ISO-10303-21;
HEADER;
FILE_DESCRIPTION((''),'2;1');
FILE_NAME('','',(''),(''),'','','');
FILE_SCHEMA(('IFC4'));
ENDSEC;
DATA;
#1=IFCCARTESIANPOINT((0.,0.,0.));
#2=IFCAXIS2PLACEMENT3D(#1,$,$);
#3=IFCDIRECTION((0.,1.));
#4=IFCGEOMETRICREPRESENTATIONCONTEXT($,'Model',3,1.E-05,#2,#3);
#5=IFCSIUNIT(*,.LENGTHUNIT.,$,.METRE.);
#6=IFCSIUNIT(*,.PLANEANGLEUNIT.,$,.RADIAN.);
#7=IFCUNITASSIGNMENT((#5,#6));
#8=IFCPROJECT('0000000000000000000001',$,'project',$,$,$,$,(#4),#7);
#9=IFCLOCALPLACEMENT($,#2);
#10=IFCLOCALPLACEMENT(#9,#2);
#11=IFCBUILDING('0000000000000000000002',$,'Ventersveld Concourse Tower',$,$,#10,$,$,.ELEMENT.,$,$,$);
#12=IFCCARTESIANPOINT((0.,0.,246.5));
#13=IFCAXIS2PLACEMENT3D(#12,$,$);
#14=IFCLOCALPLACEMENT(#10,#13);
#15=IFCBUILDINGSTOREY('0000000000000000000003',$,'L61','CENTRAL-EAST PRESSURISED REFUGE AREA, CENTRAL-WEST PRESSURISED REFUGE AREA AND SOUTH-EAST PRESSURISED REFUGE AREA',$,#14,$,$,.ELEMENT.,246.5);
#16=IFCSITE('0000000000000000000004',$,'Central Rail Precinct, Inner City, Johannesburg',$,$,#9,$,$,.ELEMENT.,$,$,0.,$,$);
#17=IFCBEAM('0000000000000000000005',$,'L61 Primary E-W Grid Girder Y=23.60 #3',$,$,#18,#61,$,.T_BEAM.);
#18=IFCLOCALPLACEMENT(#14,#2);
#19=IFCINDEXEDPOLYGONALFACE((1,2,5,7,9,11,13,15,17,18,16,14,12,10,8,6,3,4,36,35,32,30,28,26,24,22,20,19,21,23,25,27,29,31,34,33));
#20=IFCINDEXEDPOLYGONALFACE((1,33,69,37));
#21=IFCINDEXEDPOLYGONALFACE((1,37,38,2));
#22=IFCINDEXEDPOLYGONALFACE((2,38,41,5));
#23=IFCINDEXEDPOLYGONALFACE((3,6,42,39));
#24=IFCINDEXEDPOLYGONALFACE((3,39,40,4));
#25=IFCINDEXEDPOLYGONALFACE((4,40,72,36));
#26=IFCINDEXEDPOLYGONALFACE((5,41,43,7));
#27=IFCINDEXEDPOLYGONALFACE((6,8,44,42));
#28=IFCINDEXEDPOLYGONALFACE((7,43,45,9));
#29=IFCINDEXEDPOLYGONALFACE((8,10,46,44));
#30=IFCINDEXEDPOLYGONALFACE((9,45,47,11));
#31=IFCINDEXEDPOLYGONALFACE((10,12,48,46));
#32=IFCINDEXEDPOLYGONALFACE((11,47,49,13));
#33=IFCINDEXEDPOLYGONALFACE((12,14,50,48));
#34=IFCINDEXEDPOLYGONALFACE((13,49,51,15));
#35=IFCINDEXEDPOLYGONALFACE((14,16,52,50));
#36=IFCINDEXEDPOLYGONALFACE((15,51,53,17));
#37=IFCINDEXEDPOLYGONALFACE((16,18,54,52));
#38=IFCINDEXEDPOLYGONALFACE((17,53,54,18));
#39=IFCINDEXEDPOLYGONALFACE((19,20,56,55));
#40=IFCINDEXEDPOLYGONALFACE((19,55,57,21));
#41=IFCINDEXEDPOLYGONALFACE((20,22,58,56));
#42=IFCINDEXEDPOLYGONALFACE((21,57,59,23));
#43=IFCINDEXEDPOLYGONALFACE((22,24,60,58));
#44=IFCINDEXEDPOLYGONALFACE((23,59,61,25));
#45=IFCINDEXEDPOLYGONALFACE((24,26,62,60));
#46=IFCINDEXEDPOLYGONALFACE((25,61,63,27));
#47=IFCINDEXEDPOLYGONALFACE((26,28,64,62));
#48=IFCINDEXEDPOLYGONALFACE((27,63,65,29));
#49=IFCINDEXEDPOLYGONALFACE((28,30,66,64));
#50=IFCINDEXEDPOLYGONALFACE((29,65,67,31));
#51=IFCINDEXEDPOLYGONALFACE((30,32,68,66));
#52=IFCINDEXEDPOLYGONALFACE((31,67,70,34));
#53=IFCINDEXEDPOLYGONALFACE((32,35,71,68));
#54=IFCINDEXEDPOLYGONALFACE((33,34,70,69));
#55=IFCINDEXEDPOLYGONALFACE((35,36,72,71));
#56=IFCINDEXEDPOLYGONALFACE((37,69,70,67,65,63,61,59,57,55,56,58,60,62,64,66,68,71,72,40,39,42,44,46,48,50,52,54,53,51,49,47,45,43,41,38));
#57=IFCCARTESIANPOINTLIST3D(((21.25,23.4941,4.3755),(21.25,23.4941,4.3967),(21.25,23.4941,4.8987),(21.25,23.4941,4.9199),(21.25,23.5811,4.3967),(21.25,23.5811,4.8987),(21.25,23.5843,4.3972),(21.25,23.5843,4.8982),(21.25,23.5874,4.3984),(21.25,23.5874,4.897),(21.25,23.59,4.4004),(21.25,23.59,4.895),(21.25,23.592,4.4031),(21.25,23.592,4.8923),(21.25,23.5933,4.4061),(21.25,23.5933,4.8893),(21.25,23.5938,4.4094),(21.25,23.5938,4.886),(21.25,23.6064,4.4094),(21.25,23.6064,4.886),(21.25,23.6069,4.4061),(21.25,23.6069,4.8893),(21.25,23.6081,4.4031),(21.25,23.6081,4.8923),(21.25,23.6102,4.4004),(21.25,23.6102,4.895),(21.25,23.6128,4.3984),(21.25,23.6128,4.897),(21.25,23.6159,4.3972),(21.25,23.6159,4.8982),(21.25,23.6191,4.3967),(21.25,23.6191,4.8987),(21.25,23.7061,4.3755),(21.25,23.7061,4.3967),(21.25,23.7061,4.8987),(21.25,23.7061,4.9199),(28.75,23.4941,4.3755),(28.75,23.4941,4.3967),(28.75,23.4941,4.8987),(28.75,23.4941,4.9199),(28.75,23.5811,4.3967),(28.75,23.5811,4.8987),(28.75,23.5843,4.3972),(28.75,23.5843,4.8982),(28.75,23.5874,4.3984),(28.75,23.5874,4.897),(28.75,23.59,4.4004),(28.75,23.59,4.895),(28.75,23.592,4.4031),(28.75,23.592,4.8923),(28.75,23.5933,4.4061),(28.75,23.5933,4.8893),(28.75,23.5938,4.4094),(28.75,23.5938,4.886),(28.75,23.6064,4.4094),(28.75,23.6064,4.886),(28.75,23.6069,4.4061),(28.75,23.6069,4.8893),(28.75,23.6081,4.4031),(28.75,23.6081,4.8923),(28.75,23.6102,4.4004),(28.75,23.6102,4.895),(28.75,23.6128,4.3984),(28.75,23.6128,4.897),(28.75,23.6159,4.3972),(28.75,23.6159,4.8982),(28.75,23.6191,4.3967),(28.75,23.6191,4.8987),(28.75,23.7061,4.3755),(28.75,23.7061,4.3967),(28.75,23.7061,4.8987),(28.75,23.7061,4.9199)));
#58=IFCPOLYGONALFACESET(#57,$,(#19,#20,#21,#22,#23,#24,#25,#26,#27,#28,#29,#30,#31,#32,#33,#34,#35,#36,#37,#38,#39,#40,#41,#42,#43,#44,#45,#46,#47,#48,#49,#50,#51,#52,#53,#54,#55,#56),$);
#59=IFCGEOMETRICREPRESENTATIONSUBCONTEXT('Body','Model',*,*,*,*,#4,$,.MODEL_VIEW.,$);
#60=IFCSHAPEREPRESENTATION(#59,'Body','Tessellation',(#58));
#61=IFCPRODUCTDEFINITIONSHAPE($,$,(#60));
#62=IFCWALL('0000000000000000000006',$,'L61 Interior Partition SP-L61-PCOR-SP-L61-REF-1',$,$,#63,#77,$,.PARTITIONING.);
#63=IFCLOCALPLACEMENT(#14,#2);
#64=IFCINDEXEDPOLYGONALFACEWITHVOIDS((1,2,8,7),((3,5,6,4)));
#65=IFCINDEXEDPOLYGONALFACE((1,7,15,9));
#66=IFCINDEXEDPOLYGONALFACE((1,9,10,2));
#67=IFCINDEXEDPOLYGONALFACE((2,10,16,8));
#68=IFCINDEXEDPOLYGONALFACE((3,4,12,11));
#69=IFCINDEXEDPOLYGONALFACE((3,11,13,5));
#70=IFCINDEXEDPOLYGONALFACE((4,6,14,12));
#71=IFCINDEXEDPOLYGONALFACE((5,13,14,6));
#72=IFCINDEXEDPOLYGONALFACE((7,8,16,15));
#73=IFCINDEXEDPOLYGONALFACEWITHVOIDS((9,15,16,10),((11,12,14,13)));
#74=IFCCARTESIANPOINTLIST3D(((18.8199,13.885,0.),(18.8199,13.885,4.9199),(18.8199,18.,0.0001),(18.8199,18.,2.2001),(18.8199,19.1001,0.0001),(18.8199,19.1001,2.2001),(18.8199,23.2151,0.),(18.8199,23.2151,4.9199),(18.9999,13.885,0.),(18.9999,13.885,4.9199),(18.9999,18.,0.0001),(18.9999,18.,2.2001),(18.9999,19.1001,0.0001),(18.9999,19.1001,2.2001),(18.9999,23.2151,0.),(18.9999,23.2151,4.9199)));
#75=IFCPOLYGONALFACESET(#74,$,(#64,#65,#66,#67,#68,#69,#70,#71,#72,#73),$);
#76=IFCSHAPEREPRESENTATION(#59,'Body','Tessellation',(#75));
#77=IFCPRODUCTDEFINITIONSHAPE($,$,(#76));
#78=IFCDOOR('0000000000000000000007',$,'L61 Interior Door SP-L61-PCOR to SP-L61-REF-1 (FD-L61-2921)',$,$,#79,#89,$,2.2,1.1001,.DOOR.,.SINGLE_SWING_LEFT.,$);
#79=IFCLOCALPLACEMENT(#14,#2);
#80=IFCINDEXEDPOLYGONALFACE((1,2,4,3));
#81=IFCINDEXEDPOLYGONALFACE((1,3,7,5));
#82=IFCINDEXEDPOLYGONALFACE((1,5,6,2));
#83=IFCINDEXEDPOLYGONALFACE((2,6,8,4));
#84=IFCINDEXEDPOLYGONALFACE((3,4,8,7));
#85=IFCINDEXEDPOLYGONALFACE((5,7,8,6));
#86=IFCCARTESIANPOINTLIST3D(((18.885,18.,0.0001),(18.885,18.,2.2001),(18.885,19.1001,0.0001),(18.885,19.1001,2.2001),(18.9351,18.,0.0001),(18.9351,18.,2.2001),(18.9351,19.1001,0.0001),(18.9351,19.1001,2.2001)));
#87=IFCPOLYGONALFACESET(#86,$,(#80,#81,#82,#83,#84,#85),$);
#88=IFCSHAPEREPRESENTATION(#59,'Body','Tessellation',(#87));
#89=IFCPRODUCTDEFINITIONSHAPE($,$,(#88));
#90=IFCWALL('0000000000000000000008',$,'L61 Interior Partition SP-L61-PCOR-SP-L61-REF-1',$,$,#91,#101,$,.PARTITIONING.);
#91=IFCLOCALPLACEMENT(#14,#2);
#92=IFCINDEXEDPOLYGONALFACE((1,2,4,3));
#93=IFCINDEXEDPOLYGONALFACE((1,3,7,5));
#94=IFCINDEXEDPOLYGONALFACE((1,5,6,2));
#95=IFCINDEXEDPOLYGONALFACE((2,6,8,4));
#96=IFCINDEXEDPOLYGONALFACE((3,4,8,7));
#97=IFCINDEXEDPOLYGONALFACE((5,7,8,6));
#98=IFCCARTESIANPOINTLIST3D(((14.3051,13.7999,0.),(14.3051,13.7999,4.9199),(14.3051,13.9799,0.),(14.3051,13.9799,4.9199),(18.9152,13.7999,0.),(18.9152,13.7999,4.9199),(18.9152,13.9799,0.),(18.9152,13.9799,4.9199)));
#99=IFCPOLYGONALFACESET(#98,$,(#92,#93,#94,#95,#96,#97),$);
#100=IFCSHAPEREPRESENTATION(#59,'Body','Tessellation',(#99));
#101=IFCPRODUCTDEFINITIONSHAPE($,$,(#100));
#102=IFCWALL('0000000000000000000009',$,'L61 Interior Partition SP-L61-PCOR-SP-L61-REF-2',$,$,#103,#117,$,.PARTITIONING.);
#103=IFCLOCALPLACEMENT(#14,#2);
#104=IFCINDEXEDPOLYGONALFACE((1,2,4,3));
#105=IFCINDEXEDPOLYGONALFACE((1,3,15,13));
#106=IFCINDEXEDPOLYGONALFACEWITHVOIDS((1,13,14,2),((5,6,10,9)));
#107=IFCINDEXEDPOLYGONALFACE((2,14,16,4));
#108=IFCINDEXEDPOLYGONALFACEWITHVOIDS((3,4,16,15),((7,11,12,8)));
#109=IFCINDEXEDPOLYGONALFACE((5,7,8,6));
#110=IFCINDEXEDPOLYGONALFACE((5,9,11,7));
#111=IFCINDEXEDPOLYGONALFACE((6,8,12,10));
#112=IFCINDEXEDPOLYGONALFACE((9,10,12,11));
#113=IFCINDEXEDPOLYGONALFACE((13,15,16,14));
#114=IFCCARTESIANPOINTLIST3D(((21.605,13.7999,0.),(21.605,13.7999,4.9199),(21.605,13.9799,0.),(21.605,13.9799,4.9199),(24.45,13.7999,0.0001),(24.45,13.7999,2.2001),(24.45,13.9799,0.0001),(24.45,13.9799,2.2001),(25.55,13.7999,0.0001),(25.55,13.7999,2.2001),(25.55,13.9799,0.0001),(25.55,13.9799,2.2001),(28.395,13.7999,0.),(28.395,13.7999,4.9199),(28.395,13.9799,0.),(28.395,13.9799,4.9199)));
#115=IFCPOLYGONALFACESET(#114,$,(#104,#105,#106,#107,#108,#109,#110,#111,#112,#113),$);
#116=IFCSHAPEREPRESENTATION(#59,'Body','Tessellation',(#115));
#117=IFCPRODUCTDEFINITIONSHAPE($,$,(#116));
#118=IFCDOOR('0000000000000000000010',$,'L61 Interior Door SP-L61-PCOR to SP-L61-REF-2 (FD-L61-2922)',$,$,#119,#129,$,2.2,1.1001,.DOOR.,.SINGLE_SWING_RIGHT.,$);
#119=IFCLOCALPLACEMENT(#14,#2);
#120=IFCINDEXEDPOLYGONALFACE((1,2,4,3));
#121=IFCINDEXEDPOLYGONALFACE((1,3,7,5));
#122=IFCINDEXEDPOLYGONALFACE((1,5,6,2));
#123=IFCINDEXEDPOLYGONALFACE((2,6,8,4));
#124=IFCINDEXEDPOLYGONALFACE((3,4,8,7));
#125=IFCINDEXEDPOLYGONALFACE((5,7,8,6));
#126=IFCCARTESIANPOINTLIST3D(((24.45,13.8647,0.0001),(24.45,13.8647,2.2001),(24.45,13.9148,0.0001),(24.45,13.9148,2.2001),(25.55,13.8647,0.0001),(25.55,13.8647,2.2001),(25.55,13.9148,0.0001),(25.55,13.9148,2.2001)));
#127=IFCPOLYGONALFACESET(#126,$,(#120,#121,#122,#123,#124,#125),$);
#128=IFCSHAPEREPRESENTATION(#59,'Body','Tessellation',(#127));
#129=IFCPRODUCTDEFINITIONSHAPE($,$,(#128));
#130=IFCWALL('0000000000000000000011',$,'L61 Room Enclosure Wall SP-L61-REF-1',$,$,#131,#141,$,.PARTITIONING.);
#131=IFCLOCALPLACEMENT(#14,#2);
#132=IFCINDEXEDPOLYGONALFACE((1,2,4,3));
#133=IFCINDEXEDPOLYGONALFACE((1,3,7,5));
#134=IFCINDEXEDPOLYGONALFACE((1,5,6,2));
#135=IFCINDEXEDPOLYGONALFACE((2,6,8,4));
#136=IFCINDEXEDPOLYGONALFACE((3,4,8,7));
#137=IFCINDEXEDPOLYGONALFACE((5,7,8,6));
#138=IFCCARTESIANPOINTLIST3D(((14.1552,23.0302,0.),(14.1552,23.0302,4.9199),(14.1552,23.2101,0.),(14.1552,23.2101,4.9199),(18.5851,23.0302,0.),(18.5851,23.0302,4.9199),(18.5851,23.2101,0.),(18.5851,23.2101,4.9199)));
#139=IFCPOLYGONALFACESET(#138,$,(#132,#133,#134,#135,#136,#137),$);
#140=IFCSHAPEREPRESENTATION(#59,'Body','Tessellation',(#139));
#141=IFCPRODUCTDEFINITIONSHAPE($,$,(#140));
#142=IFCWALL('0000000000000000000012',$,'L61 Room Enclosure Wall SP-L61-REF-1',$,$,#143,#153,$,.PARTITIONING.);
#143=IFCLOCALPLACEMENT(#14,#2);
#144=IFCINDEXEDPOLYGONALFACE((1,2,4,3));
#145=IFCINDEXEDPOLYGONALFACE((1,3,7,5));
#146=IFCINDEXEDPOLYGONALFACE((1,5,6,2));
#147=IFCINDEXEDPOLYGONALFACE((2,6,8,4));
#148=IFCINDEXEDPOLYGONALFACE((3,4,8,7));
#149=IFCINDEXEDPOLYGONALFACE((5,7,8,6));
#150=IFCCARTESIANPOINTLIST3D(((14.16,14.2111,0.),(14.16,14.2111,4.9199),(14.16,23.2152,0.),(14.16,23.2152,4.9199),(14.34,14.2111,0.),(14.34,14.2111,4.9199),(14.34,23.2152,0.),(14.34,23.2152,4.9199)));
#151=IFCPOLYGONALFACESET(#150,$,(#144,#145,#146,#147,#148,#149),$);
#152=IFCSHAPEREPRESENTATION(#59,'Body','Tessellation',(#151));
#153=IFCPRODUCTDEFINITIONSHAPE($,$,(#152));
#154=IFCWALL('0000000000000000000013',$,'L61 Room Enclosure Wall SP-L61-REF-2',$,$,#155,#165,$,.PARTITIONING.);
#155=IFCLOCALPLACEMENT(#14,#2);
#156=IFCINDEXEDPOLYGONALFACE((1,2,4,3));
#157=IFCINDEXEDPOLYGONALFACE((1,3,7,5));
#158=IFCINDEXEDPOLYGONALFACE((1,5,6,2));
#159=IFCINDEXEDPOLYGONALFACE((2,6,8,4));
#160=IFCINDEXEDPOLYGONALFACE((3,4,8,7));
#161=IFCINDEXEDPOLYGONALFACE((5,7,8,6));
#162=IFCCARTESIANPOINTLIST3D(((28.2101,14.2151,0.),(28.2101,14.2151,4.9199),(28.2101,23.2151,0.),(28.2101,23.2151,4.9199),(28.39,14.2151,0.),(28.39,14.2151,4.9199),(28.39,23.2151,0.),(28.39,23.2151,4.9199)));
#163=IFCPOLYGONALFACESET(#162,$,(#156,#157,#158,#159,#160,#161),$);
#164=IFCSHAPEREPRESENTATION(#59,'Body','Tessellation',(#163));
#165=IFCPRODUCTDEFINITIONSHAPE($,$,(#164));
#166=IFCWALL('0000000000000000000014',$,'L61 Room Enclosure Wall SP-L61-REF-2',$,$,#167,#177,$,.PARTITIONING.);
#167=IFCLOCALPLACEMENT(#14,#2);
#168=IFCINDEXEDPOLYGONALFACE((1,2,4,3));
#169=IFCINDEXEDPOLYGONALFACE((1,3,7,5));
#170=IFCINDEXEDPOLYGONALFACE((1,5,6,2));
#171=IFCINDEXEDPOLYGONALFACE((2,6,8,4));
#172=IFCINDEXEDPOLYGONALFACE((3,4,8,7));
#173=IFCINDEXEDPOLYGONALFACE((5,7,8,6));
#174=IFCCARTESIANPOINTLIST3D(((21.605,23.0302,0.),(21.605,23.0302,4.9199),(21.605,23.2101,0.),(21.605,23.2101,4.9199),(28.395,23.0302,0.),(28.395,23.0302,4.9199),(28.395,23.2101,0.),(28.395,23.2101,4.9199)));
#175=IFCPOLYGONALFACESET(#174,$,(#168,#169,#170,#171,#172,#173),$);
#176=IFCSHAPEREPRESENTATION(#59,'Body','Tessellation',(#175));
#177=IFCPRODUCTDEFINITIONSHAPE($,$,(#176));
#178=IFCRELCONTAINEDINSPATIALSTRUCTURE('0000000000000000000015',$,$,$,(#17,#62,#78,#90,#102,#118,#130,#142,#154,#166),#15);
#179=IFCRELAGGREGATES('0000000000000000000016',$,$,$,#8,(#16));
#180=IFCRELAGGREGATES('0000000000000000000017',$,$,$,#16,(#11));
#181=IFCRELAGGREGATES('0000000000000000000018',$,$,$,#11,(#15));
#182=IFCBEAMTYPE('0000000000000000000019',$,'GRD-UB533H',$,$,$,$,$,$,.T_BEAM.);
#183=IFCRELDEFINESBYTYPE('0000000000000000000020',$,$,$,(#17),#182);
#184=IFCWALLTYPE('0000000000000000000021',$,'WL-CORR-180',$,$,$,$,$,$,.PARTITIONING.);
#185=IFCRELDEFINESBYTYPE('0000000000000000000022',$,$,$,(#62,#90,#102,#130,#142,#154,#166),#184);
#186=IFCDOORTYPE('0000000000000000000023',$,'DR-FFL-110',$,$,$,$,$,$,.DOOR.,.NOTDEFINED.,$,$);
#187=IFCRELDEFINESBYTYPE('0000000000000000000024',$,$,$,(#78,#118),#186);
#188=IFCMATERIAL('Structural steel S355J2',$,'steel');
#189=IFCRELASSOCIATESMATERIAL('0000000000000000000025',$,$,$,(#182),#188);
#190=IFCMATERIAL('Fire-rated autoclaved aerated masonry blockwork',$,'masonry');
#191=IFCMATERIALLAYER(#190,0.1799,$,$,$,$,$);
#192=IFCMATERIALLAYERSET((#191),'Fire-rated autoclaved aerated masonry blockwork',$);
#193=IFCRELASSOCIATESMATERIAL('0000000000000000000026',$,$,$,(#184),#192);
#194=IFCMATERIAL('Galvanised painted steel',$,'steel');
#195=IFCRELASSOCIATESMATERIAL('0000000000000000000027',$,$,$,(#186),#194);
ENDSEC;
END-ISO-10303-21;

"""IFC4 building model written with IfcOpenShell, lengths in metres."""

from ifc_helpers import new_model, si_unit, direction, frame, frame_2d, origin, origin_2d, place, context, subcontext, project, spatial, rectangle, i_section, extrude, material, layer, layer_set, material_profile, profile_set, type_object, element, fill, save


model = new_model("IFC4")

# Units and contexts
model_context = context("Model", 3, precision=1e-05, world=origin(), true_north=direction((0.0, 1.0)))
body_context = subcontext(model_context, "Body", "Model", "MODEL_VIEW")
ifc_project = project(units=[si_unit("LENGTHUNIT", "METRE"), si_unit("PLANEANGLEUNIT", "RADIAN")], contexts=[model_context])

# Site, building, storey
site_placement = place(None, origin())
site = spatial("IfcSite", under=ifc_project, at=site_placement, Name="Central Rail Precinct, Inner City, Johannesburg", CompositionType="ELEMENT", RefElevation=0.0)
building_placement = place(site_placement, origin())
building = spatial("IfcBuilding", under=site, at=building_placement, Name="Ventersveld Concourse Tower", CompositionType="ELEMENT")
storey_placement = place(building_placement, frame((0.0, 0.0, 246.5)))
storey = spatial("IfcBuildingStorey", under=building, at=storey_placement, Name="L61", Description="CENTRAL-EAST PRESSURISED REFUGE AREA, CENTRAL-WEST PRESSURISED REFUGE AREA AND SOUTH-EAST PRESSURISED REFUGE AREA", CompositionType="ELEMENT", Elevation=246.5)

# Beam
ifc_material_1 = material(Name="Structural steel S355J2", Category="steel")
ifc_material_profile_1 = material_profile(ifc_material_1, i_section(OverallWidth=0.2119, OverallDepth=0.5444, WebThickness=0.0127, FlangeThickness=0.0212, FilletRadius=0.0127, at=origin_2d()), Name="UB 533x210x122")
ifc_profile_set_1 = profile_set([ifc_material_profile_1], Name="Structural steel S355J2")
beam_type_1 = type_object("IfcBeamType", Name="GRD-UB533H", PredefinedType="T_BEAM", material=ifc_profile_set_1)
for number, where, z_axis, x_axis, name in (
    (1, (21.25, 23.6001, 4.6477), (1.0, 0.0, 0.0), (0.0, 1.0, 0.0), "L61 Primary E-W Grid Girder Y=23.60 #3"),
):
    element("IfcBeam", number, at=place(storey_placement, frame(where, z_axis=z_axis, x_axis=x_axis)), inside=storey, type_object=beam_type_1, Name=name, PredefinedType="T_BEAM", context=body_context, shape_type="SweptSolid", body=[
        extrude(i_section(OverallWidth=0.2119, OverallDepth=0.5444, WebThickness=0.0127, FlangeThickness=0.0212, FilletRadius=0.0127, at=origin_2d()), origin(), (0.0, 0.0, 1.0), 7.5),
    ])

# Wall, opening, door
ifc_material_2 = material(Name="Fire-rated autoclaved aerated masonry blockwork", Category="masonry")
ifc_layer_1 = layer(ifc_material_2, 0.1799)
ifc_layer_set_1 = layer_set([ifc_layer_1], Name="Fire-rated autoclaved aerated masonry blockwork")
wall_type_1 = type_object("IfcWallType", Name="WL-CORR-180", PredefinedType="PARTITIONING", material=ifc_layer_set_1)
wall_1_placement = place(storey_placement, frame((18.9099, 13.885, 0.0), z_axis=(0.0, 0.0, 1.0), x_axis=(0.0, 1.0, 0.0)))
wall_1 = element("IfcWall", 2, at=wall_1_placement, inside=storey, type_object=wall_type_1, Name="L61 Interior Partition SP-L61-PCOR-SP-L61-REF-1", PredefinedType="PARTITIONING", context=body_context, shape_type="SweptSolid", body=[
    extrude(rectangle(XDim=9.3301, YDim=0.1799, at=frame_2d((4.665, 0.0))), origin(), (0.0, 0.0, 1.0), 4.9199),
])
opening_1_placement = place(wall_1_placement, frame((4.115, 0.0, 0.0)))
opening_1 = element("IfcOpeningElement", 3, at=opening_1_placement, cuts=wall_1, PredefinedType="OPENING", context=body_context, shape_type="SweptSolid", body=[
    extrude(rectangle(XDim=1.1001, YDim=2.2, at=frame_2d((0.55, 1.1001))), frame((0.0, 0.1001, 0.0), z_axis=(0.0, -1.0, 0.0), x_axis=(1.0, 0.0, 0.0)), (0.0, 0.0, 1.0), 0.2),
])
ifc_material_3 = material(Name="Galvanised painted steel", Category="steel")
door_type_1 = type_object("IfcDoorType", Name="DR-FFL-110", OperationType="NOTDEFINED", PredefinedType="DOOR", material=ifc_material_3)
door_1_placement = place(opening_1_placement, origin())
door_1 = element("IfcDoor", 4, at=door_1_placement, inside=storey, type_object=door_type_1, Name="L61 Interior Door SP-L61-PCOR to SP-L61-REF-1 (FD-L61-2921)", OperationType="SINGLE_SWING_LEFT", OverallHeight=2.2, OverallWidth=1.1001, PredefinedType="DOOR", context=body_context, shape_type="SweptSolid", body=[
    extrude(rectangle(XDim=1.1001, YDim=2.2, at=frame_2d((0.55, 1.1001))), frame((0.0, 0.0249, 0.0), z_axis=(0.0, -1.0, 0.0), x_axis=(1.0, 0.0, 0.0)), (0.0, 0.0, 1.0), 0.05),
])
fill(opening_1, door_1)

# Wall
wall_2_placement = place(storey_placement, frame((14.3049, 13.8899, 0.0), z_axis=(0.0, 0.0, 1.0), x_axis=(1.0, 0.0, 0.0)))
element("IfcWall", 5, at=wall_2_placement, inside=storey, type_object=wall_type_1, Name="L61 Interior Partition SP-L61-PCOR-SP-L61-REF-1", PredefinedType="PARTITIONING", context=body_context, shape_type="SweptSolid", body=[
    extrude(rectangle(XDim=4.6101, YDim=0.1799, at=frame_2d((2.3052, 0.0))), origin(), (0.0, 0.0, 1.0), 4.9199),
])

# Wall, opening, door
wall_3_placement = place(storey_placement, frame((21.605, 13.8899, 0.0), z_axis=(0.0, 0.0, 1.0), x_axis=(1.0, 0.0, 0.0)))
wall_3 = element("IfcWall", 6, at=wall_3_placement, inside=storey, type_object=wall_type_1, Name="L61 Interior Partition SP-L61-PCOR-SP-L61-REF-2", PredefinedType="PARTITIONING", context=body_context, shape_type="SweptSolid", body=[
    extrude(rectangle(XDim=6.79, YDim=0.1799, at=frame_2d((3.395, 0.0))), origin(), (0.0, 0.0, 1.0), 4.9199),
])
opening_2_placement = place(wall_3_placement, frame((2.845, 0.0, 0.0)))
opening_2 = element("IfcOpeningElement", 7, at=opening_2_placement, cuts=wall_3, PredefinedType="OPENING", context=body_context, shape_type="SweptSolid", body=[
    extrude(rectangle(XDim=1.1001, YDim=2.2, at=frame_2d((0.55, 1.1001))), frame((0.0, 0.1001, 0.0), z_axis=(0.0, -1.0, 0.0), x_axis=(1.0, 0.0, 0.0)), (0.0, 0.0, 1.0), 0.2),
])
door_2_placement = place(opening_2_placement, origin())
door_2 = element("IfcDoor", 8, at=door_2_placement, inside=storey, type_object=door_type_1, Name="L61 Interior Door SP-L61-PCOR to SP-L61-REF-2 (FD-L61-2922)", OperationType="SINGLE_SWING_RIGHT", OverallHeight=2.2, OverallWidth=1.1001, PredefinedType="DOOR", context=body_context, shape_type="SweptSolid", body=[
    extrude(rectangle(XDim=1.1001, YDim=2.2, at=frame_2d((0.55, 1.1001))), frame((0.0, 0.0249, 0.0), z_axis=(0.0, -1.0, 0.0), x_axis=(1.0, 0.0, 0.0)), (0.0, 0.0, 1.0), 0.05),
])
fill(opening_2, door_2)

# Walls
wall_4_placement = place(storey_placement, frame((18.585, 23.1201, 0.0), z_axis=(0.0, 0.0, 1.0), x_axis=(-1.0, 0.0, 0.0)))
element("IfcWall", 9, at=wall_4_placement, inside=storey, type_object=wall_type_1, Name="L61 Room Enclosure Wall SP-L61-REF-1", PredefinedType="PARTITIONING", context=body_context, shape_type="SweptSolid", body=[
    extrude(rectangle(XDim=4.4299, YDim=0.1799, at=frame_2d((2.2148, 0.0))), origin(), (0.0, 0.0, 1.0), 4.9199),
])
wall_5_placement = place(storey_placement, frame((14.25, 23.2151, 0.0), z_axis=(0.0, 0.0, 1.0), x_axis=(0.0, -1.0, 0.0)))
element("IfcWall", 10, at=wall_5_placement, inside=storey, type_object=wall_type_1, Name="L61 Room Enclosure Wall SP-L61-REF-1", PredefinedType="PARTITIONING", context=body_context, shape_type="SweptSolid", body=[
    extrude(rectangle(XDim=9.0042, YDim=0.1799, at=frame_2d((4.502, 0.0))), origin(), (0.0, 0.0, 1.0), 4.9199),
])
wall_6_placement = place(storey_placement, frame((28.3, 14.2151, 0.0), z_axis=(0.0, 0.0, 1.0), x_axis=(0.0, 1.0, 0.0)))
element("IfcWall", 11, at=wall_6_placement, inside=storey, type_object=wall_type_1, Name="L61 Room Enclosure Wall SP-L61-REF-2", PredefinedType="PARTITIONING", context=body_context, shape_type="SweptSolid", body=[
    extrude(rectangle(XDim=9.0, YDim=0.1799, at=frame_2d((4.5, 0.0))), origin(), (0.0, 0.0, 1.0), 4.9199),
])
wall_7_placement = place(storey_placement, frame((28.395, 23.1201, 0.0), z_axis=(0.0, 0.0, 1.0), x_axis=(-1.0, 0.0, 0.0)))
element("IfcWall", 12, at=wall_7_placement, inside=storey, type_object=wall_type_1, Name="L61 Room Enclosure Wall SP-L61-REF-2", PredefinedType="PARTITIONING", context=body_context, shape_type="SweptSolid", body=[
    extrude(rectangle(XDim=6.79, YDim=0.1799, at=frame_2d((3.395, 0.0))), origin(), (0.0, 0.0, 1.0), 4.9199),
])

save(model, "model.ifc")
